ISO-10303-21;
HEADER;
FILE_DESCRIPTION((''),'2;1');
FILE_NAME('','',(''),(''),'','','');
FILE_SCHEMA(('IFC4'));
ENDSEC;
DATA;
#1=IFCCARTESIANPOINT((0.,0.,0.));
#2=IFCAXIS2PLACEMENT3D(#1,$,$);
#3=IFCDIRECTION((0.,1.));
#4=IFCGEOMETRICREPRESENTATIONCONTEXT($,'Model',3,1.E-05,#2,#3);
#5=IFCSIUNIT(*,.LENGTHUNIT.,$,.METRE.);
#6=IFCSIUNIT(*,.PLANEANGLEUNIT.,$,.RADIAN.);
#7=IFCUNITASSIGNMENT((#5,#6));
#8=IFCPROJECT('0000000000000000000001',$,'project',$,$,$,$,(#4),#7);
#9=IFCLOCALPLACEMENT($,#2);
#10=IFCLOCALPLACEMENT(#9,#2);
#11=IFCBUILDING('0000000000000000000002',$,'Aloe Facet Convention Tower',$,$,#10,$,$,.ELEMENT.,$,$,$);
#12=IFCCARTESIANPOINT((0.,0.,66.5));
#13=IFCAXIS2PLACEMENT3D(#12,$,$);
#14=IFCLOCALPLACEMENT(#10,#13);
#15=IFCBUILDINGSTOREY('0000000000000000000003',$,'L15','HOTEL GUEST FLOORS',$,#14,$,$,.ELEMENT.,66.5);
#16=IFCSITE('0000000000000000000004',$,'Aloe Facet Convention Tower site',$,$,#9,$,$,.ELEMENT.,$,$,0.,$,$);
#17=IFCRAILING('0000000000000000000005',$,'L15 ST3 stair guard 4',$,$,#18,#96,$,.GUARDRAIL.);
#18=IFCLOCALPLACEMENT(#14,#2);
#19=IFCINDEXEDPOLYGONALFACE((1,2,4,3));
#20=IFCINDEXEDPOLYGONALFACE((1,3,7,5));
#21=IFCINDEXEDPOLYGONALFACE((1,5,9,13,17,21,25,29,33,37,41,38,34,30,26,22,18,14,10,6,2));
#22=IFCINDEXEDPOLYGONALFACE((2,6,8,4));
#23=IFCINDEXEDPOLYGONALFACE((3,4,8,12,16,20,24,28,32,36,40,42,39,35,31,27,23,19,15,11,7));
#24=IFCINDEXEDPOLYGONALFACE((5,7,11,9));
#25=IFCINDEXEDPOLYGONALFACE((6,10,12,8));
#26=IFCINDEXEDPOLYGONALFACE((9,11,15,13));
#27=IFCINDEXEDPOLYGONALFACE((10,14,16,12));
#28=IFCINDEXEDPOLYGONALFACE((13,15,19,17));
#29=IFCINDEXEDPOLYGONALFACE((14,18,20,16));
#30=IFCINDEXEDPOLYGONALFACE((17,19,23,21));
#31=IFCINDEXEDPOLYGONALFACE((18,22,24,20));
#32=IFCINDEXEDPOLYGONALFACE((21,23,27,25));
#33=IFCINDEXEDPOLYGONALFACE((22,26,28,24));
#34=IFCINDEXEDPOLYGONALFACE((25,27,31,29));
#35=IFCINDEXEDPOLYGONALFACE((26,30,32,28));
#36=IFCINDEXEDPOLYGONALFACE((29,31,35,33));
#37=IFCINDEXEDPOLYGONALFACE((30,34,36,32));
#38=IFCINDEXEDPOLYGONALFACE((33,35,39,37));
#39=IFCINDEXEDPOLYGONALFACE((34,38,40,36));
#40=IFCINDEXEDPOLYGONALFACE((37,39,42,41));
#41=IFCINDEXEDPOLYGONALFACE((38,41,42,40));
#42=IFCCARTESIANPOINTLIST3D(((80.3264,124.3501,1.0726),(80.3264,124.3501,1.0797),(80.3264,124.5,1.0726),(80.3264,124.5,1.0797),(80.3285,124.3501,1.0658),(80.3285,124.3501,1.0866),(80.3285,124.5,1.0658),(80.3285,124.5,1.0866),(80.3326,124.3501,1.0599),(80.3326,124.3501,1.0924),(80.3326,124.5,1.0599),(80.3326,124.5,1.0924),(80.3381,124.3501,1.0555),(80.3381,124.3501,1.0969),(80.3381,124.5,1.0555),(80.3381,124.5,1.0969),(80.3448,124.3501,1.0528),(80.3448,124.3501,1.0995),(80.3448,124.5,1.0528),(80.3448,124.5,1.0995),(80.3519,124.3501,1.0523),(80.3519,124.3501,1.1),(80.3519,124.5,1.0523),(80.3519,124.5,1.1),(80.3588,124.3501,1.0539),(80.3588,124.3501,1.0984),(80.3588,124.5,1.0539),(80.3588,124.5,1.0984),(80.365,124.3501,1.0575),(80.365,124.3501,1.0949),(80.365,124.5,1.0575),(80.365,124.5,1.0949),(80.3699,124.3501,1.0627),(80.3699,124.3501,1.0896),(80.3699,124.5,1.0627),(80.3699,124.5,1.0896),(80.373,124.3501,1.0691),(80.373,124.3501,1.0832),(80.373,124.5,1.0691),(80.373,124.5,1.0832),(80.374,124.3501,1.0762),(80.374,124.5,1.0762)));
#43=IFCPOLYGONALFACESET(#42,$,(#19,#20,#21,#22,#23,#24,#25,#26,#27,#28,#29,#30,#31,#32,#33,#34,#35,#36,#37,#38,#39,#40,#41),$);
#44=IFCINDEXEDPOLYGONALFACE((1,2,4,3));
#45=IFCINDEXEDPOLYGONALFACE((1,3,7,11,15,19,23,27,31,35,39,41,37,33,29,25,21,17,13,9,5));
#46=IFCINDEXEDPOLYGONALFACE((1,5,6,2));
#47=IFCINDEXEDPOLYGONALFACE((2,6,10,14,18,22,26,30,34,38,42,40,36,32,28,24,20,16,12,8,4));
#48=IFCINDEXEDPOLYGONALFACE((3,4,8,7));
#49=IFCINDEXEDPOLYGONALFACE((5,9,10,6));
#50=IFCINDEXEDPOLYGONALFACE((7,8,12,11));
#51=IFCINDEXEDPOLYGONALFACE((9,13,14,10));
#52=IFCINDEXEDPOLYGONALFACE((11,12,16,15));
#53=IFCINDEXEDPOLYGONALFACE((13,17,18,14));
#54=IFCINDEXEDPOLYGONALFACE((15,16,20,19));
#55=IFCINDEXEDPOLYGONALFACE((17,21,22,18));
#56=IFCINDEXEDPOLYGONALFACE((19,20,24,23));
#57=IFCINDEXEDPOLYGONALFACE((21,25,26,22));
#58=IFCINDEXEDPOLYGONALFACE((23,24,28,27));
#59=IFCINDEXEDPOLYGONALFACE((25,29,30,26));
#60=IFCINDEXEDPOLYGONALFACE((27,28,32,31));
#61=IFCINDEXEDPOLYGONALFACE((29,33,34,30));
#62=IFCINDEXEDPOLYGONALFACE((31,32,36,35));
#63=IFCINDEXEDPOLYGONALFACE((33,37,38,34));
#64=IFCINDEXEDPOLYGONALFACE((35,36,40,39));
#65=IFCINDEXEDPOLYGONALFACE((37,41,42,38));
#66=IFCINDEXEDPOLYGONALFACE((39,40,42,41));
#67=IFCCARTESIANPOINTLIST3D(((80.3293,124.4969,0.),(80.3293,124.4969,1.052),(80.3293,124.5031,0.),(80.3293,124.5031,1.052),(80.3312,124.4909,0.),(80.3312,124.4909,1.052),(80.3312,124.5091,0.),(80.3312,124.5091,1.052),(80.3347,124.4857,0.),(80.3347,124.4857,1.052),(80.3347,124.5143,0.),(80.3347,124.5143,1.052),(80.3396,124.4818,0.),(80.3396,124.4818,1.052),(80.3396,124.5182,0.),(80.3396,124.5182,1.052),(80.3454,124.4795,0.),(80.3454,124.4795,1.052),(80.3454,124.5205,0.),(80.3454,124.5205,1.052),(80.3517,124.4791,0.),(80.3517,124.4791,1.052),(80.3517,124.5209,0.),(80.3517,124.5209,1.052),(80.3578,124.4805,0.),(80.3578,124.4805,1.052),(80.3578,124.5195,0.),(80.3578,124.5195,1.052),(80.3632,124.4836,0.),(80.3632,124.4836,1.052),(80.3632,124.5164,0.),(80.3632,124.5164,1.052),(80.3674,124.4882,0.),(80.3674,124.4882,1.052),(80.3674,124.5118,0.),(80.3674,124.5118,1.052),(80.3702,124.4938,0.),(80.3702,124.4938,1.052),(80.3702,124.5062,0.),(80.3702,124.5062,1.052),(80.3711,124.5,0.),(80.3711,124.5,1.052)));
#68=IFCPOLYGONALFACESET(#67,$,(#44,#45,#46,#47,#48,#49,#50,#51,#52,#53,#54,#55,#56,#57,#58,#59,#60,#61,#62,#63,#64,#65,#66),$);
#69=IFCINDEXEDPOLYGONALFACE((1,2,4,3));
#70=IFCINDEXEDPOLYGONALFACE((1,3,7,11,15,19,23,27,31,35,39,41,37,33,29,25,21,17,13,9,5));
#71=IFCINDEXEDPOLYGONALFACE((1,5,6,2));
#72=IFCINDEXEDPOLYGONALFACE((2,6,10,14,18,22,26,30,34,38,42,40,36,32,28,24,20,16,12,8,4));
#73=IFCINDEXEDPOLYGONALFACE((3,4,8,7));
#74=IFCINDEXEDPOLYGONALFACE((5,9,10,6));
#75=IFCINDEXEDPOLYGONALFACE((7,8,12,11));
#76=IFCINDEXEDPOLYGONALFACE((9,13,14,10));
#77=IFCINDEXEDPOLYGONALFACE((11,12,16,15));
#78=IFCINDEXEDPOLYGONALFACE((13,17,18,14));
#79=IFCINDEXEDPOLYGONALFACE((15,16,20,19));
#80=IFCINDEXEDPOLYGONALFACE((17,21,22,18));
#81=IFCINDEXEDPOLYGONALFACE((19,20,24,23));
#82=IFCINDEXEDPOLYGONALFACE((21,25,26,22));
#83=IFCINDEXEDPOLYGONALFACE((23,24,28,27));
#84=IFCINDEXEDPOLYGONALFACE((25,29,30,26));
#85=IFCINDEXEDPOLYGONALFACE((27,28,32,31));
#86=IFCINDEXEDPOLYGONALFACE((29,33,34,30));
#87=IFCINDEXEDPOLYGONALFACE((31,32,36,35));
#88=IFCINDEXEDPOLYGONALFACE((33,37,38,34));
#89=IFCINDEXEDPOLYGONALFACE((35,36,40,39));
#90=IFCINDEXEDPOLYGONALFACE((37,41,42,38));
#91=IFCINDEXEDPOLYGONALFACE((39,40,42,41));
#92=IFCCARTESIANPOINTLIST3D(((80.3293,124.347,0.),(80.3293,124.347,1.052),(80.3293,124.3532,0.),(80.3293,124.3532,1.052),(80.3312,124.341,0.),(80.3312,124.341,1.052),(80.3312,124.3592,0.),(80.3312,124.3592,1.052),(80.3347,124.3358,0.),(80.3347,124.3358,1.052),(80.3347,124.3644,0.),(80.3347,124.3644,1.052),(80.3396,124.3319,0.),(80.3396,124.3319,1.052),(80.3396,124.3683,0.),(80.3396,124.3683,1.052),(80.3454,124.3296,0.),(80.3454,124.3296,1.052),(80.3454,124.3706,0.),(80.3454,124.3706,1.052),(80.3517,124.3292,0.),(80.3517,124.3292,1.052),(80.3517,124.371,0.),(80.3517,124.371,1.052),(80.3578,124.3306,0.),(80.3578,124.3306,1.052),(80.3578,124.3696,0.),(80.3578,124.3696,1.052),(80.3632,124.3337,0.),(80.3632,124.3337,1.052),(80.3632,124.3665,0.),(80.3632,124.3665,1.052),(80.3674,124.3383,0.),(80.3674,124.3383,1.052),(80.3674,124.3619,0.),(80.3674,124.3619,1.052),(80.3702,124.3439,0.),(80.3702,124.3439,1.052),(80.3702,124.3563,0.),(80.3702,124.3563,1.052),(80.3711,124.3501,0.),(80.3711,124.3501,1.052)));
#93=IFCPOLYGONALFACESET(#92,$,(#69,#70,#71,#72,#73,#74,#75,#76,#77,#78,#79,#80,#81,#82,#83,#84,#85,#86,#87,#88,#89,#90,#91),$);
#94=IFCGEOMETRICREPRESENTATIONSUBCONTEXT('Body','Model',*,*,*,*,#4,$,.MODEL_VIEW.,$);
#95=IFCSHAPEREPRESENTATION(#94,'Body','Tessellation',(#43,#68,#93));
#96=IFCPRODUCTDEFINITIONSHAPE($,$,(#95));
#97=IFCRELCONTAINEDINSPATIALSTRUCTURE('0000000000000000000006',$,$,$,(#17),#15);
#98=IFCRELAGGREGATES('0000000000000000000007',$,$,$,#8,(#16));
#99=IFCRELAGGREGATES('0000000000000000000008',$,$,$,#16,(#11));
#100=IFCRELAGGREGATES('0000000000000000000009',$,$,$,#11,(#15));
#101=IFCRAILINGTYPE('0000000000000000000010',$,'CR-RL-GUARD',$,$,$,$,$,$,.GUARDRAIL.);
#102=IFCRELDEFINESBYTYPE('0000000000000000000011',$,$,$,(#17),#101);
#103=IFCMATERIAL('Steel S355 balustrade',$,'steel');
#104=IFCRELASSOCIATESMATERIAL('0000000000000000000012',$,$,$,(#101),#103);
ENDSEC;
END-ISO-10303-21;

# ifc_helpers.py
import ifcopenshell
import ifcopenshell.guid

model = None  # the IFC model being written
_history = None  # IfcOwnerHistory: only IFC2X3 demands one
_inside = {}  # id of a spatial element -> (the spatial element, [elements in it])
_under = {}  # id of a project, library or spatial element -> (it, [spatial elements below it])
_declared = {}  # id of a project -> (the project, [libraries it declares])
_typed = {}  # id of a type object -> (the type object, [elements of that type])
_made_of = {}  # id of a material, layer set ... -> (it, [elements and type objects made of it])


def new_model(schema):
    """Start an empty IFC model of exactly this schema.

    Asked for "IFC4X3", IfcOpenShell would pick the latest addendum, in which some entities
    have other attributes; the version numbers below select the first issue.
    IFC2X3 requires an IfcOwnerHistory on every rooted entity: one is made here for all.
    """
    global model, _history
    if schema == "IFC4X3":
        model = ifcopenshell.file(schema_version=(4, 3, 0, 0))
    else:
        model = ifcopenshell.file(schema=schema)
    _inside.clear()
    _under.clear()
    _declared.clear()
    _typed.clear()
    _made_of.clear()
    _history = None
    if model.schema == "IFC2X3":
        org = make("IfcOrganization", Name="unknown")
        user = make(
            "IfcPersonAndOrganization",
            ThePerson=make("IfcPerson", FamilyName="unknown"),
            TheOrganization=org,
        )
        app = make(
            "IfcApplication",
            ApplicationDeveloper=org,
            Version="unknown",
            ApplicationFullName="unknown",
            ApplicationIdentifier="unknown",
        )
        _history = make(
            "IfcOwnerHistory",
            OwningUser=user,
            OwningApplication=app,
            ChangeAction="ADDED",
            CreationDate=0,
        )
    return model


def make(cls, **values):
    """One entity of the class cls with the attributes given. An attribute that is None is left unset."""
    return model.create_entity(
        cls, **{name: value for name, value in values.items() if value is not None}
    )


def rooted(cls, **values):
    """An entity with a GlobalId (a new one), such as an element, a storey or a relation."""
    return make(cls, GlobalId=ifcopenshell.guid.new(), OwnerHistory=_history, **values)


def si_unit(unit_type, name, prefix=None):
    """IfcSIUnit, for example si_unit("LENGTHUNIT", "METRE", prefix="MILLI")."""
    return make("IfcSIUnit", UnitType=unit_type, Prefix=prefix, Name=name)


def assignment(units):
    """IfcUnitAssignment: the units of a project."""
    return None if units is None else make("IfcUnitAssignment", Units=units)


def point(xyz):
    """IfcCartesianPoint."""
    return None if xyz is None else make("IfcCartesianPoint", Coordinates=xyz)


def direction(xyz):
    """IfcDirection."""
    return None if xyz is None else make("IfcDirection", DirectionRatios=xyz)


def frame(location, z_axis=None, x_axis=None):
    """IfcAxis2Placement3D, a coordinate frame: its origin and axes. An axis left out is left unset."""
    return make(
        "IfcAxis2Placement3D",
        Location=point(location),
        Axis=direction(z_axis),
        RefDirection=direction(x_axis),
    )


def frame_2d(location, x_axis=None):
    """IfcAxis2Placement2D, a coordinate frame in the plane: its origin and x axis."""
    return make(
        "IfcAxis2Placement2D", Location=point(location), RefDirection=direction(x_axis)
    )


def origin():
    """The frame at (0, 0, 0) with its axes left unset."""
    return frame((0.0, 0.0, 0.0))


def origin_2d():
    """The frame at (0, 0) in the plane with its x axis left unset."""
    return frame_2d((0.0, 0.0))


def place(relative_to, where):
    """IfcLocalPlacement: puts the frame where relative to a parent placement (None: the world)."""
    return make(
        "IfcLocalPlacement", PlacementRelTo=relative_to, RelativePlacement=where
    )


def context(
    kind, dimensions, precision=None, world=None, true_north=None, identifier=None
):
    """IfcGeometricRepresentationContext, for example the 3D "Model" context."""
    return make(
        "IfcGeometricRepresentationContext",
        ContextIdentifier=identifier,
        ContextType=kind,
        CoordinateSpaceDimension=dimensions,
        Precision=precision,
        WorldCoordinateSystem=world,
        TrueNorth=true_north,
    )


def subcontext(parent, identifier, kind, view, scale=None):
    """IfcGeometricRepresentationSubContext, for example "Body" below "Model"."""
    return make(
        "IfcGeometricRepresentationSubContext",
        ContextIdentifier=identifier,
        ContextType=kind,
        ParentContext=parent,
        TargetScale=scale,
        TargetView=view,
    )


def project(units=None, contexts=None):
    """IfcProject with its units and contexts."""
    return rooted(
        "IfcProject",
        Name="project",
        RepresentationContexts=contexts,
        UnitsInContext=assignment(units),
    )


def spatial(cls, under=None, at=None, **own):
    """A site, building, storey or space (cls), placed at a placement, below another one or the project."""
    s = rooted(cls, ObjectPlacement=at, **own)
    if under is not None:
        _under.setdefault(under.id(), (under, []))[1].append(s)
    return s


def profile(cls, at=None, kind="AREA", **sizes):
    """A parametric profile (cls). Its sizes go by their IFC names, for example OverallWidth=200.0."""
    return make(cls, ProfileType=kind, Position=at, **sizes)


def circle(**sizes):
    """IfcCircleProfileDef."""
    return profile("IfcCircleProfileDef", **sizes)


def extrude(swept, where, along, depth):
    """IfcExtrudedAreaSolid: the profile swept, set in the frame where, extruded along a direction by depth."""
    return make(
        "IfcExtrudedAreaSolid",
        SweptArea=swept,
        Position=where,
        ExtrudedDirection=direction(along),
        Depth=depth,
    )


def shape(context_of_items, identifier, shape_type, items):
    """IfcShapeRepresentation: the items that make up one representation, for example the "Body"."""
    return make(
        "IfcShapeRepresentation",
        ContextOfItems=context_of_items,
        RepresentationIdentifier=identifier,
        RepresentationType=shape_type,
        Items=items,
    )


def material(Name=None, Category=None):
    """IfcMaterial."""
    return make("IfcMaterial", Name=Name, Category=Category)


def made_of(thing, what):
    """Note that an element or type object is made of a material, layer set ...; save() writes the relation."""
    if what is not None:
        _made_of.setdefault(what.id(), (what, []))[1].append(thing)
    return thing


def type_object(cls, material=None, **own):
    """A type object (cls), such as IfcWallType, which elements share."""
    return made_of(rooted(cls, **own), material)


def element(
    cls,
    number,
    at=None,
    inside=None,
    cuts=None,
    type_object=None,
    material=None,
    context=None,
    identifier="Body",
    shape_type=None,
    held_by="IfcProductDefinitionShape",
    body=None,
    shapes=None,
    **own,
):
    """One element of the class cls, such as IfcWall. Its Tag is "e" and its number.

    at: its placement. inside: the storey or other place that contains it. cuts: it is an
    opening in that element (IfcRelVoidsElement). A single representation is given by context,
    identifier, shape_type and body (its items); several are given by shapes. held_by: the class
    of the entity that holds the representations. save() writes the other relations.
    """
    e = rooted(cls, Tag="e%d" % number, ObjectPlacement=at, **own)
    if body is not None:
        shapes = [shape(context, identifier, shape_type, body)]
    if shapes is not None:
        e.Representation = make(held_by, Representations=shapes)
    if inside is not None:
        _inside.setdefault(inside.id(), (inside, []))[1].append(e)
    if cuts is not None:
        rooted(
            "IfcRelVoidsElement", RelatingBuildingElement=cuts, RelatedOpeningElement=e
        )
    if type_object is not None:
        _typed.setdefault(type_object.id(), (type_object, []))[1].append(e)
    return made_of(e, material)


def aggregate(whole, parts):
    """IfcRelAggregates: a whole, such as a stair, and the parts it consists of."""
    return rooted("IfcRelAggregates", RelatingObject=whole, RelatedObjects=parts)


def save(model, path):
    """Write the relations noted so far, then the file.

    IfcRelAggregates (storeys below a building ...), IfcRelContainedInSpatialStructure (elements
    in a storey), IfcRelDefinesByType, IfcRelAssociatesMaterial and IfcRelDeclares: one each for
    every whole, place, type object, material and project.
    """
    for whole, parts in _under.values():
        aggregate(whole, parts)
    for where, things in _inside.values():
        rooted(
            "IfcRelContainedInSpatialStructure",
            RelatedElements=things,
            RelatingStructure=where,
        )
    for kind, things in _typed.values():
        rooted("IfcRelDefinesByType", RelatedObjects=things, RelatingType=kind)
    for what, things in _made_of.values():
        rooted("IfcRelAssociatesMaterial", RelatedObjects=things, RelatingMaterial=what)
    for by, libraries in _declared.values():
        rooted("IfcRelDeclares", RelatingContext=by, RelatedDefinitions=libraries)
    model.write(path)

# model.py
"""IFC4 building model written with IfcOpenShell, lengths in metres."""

from ifc_helpers import new_model, si_unit, direction, frame, origin, origin_2d, place, context, subcontext, project, spatial, circle, extrude, material, type_object, element, save


model = new_model("IFC4")

# Units and contexts
model_context = context("Model", 3, precision=1e-05, world=origin(), true_north=direction((0.0, 1.0)))
body_context = subcontext(model_context, "Body", "Model", "MODEL_VIEW")
ifc_project = project(units=[si_unit("LENGTHUNIT", "METRE"), si_unit("PLANEANGLEUNIT", "RADIAN")], contexts=[model_context])

# Site, building, storey
site_placement = place(None, origin())
site = spatial("IfcSite", under=ifc_project, at=site_placement, Name="Aloe Facet Convention Tower site", CompositionType="ELEMENT", RefElevation=0.0)
building_placement = place(site_placement, origin())
building = spatial("IfcBuilding", under=site, at=building_placement, Name="Aloe Facet Convention Tower", CompositionType="ELEMENT")
storey_placement = place(building_placement, frame((0.0, 0.0, 66.5)))
storey = spatial("IfcBuildingStorey", under=building, at=storey_placement, Name="L15", Description="HOTEL GUEST FLOORS", CompositionType="ELEMENT", Elevation=66.5)

# Railing
ifc_material_1 = material(Name="Steel S355 balustrade", Category="steel")
railing_type_1 = type_object("IfcRailingType", Name="CR-RL-GUARD", PredefinedType="GUARDRAIL", material=ifc_material_1)
railing_1_placement = place(storey_placement, frame((80.3501, 124.5, 0.0)))
element("IfcRailing", 1, at=railing_1_placement, inside=storey, type_object=railing_type_1, Name="L15 ST3 stair guard 4", PredefinedType="GUARDRAIL", context=body_context, shape_type="SweptSolid", body=[
    extrude(circle(Radius=0.0239, at=origin_2d()), frame((0.0, 0.0, 1.0762), z_axis=(0.0, -1.0, 0.0), x_axis=(1.0, 0.0, 0.0)), (0.0, 0.0, 1.0), 0.1499),
    extrude(circle(Radius=0.021, at=origin_2d()), origin(), (0.0, 0.0, 1.0), 1.052),
    extrude(circle(Radius=0.021, at=origin_2d()), frame((0.0, -0.1499, 0.0)), (0.0, 0.0, 1.0), 1.052),
])

save(model, "model.ifc")
